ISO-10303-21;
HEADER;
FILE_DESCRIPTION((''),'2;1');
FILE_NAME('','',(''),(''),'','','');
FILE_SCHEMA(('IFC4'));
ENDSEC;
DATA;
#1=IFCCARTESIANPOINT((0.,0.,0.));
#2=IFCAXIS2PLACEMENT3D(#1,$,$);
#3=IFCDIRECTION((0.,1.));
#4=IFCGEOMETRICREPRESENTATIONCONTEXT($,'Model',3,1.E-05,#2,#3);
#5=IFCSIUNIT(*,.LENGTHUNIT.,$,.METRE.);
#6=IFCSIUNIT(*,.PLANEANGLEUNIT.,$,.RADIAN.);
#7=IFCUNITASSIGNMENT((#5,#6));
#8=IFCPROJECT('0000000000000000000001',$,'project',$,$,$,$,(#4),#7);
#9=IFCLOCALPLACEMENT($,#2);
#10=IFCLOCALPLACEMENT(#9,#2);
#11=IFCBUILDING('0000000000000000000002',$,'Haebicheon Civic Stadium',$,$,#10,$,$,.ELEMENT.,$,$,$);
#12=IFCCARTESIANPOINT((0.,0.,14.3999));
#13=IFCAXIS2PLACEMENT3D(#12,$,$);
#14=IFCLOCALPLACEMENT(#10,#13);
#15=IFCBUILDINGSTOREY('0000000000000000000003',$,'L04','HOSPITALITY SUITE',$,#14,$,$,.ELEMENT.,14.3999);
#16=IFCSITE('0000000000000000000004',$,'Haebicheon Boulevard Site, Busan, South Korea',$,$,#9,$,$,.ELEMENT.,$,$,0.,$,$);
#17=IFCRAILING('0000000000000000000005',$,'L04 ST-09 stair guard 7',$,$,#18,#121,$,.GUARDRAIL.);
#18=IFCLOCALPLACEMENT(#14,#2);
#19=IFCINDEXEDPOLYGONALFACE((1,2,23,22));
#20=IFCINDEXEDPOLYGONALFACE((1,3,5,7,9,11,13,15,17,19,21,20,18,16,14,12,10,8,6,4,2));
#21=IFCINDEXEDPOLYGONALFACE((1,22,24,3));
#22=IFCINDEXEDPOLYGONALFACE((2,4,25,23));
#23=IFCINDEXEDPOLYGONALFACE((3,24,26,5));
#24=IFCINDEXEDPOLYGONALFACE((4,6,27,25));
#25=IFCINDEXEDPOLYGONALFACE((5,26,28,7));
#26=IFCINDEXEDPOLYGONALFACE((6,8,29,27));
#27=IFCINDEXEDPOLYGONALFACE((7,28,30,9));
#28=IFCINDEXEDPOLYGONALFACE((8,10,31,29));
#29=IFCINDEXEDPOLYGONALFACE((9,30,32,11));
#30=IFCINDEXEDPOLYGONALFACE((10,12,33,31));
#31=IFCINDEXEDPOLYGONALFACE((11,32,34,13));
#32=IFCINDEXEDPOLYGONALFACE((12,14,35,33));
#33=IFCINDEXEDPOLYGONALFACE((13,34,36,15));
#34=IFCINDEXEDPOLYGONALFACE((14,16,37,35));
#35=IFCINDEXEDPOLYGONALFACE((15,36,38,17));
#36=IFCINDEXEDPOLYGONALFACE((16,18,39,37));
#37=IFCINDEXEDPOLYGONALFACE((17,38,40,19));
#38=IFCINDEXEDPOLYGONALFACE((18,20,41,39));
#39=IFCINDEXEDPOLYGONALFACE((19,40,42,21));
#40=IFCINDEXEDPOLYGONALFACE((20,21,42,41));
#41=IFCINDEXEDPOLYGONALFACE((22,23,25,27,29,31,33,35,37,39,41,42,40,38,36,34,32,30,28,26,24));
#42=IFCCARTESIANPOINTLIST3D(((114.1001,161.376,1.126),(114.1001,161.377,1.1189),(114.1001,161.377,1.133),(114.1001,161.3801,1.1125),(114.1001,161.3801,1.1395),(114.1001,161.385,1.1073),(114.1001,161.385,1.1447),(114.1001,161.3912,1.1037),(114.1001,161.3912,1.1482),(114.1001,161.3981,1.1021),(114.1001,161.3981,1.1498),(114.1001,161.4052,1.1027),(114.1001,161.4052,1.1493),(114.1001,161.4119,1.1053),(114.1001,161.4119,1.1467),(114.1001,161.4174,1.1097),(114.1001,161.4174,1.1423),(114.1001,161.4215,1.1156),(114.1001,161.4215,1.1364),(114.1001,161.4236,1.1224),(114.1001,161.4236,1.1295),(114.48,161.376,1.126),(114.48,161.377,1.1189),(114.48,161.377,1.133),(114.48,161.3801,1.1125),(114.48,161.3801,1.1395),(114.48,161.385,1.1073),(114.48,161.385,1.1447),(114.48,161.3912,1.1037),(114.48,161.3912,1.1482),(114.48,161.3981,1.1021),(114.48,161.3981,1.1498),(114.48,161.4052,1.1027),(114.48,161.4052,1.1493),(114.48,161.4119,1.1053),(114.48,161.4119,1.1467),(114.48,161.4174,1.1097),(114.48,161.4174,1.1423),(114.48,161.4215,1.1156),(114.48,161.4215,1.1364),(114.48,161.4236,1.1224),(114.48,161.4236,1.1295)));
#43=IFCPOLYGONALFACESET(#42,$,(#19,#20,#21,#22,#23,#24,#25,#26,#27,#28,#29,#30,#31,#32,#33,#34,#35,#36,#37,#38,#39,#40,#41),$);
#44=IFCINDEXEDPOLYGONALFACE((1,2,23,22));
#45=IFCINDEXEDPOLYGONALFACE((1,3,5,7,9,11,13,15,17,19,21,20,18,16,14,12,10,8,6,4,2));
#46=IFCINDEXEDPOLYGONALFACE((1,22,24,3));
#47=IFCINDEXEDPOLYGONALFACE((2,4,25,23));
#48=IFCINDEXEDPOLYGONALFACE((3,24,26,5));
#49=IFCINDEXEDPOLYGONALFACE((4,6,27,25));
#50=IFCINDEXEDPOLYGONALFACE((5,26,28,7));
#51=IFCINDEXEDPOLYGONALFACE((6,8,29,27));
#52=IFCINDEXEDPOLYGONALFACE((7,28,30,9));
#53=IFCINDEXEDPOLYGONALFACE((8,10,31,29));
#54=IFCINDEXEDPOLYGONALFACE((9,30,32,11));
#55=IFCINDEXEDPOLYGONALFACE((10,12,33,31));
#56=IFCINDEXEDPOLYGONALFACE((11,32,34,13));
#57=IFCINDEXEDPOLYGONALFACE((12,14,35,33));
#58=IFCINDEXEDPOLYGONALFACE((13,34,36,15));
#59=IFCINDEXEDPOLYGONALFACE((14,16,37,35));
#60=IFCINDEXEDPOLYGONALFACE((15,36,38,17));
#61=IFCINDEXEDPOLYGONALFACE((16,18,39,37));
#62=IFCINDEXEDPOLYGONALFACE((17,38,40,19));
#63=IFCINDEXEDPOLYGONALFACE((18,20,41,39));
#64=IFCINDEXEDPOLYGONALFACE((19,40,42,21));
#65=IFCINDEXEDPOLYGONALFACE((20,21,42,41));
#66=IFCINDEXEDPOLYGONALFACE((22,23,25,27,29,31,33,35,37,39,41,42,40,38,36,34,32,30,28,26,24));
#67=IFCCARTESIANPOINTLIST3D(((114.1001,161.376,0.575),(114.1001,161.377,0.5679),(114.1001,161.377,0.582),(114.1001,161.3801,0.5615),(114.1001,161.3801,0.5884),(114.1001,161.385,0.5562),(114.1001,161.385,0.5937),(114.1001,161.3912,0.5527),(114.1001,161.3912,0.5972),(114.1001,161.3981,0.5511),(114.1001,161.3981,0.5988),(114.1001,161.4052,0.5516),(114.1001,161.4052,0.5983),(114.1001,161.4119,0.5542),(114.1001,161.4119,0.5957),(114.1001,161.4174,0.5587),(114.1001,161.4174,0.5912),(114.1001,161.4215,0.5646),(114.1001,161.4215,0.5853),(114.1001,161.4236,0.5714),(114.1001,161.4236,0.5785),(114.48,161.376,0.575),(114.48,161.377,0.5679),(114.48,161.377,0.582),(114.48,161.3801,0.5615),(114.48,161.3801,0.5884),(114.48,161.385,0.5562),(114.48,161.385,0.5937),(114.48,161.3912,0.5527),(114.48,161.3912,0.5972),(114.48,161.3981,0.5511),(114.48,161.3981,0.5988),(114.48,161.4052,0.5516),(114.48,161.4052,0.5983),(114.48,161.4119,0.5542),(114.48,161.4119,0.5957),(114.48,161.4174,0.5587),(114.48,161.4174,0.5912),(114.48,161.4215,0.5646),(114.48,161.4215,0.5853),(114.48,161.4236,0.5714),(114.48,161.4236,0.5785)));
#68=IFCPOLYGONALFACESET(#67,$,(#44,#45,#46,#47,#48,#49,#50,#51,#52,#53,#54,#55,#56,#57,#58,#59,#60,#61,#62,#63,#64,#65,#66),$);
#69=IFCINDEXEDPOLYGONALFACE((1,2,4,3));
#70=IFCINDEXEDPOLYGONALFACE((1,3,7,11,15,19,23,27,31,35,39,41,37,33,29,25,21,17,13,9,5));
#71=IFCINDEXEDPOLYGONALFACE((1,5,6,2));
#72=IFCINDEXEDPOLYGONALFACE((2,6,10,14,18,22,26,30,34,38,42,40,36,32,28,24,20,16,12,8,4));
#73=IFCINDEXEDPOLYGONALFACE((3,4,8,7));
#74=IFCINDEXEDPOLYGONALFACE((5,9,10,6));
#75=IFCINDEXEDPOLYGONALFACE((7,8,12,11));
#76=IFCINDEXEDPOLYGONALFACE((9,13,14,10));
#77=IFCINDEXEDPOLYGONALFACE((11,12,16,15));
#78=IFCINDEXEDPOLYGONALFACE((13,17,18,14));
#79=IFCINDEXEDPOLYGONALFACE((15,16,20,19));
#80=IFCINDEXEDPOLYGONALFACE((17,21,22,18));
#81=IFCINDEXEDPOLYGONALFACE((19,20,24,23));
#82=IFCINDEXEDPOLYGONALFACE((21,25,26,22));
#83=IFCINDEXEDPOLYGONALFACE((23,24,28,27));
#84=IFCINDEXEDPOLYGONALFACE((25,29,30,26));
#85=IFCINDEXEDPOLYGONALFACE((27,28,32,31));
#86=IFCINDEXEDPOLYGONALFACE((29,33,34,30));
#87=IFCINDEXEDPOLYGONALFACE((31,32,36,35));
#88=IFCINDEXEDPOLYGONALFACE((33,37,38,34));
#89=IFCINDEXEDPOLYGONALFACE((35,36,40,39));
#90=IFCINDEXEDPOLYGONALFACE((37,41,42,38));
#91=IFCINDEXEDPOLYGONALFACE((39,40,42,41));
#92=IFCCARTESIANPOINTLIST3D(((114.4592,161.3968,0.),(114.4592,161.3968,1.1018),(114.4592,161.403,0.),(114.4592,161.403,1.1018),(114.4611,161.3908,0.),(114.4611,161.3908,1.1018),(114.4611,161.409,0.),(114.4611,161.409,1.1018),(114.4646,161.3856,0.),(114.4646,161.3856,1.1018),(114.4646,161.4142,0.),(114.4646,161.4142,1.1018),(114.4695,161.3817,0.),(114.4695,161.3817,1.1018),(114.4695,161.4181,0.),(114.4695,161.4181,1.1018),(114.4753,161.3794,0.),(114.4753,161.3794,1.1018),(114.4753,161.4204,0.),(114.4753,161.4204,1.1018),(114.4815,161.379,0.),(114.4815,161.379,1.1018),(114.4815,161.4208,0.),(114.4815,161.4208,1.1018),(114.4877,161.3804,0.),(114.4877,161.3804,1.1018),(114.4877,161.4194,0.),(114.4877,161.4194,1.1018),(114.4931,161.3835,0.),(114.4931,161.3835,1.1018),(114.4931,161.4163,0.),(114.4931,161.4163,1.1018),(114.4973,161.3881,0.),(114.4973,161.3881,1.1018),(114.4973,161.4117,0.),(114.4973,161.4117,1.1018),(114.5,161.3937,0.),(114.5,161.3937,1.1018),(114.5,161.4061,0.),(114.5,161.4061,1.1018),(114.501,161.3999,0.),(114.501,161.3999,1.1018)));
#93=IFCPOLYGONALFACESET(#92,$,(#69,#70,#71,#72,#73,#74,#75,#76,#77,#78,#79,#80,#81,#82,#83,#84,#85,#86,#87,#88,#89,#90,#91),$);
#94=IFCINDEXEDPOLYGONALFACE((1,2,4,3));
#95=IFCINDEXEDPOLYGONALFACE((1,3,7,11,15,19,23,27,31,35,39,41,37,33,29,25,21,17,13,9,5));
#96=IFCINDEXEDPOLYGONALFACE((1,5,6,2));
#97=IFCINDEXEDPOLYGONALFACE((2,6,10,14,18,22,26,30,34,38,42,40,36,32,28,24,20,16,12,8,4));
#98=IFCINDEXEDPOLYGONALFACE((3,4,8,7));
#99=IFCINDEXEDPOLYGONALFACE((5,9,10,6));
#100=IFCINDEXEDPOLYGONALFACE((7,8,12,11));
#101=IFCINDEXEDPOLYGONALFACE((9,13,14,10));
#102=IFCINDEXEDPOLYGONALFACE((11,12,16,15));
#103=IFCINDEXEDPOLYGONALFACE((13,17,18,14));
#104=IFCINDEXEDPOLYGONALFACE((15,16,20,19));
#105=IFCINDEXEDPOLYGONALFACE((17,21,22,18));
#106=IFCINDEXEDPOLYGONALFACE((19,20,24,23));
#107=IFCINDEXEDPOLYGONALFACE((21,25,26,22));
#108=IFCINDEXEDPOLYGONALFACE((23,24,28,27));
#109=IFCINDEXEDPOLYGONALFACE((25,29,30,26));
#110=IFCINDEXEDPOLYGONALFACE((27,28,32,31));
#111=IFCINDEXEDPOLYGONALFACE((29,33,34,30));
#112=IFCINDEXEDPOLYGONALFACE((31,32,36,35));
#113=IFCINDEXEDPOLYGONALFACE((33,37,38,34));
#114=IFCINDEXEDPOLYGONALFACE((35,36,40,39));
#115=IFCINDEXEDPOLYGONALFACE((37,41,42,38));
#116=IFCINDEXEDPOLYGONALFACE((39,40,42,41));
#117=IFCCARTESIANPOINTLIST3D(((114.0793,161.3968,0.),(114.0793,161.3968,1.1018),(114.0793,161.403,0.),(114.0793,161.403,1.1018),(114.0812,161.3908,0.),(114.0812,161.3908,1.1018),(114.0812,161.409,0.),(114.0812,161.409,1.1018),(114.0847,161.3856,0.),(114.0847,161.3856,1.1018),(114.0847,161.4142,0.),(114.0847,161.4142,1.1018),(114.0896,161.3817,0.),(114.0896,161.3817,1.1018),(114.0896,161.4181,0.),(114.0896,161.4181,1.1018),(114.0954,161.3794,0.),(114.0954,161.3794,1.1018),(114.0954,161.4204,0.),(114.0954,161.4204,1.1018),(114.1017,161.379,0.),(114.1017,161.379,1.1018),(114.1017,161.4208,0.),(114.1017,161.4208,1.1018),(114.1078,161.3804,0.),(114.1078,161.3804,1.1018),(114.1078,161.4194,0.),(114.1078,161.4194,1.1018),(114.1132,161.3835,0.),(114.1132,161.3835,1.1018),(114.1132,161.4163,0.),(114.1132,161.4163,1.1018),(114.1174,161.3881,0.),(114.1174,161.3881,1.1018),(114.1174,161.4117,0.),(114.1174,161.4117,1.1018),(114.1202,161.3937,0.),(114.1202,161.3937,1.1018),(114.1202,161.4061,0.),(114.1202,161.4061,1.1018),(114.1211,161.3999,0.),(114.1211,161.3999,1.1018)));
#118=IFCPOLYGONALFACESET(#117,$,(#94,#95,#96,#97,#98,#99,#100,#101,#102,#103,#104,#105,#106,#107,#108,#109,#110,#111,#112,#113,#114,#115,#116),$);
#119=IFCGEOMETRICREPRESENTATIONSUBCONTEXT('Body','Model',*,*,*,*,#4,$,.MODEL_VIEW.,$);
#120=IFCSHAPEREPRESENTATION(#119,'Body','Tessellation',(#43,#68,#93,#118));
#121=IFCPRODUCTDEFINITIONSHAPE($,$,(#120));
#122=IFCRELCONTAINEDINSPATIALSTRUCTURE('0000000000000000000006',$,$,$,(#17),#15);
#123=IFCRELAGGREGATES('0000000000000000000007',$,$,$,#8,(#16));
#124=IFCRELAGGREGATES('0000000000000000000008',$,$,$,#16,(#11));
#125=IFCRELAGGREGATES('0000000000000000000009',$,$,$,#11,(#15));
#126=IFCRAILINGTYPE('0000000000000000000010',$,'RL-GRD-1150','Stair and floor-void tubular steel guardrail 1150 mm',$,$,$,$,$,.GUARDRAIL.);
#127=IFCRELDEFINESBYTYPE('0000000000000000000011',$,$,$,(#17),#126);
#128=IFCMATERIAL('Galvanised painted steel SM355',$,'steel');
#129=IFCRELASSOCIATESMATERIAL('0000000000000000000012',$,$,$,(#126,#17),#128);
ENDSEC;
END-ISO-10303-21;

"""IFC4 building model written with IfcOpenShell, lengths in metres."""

from ifc_helpers import new_model, si_unit, direction, frame, origin, origin_2d, place, context, subcontext, project, spatial, circle, extrude, material, type_object, element, save


model = new_model("IFC4")

# Units and contexts
model_context = context("Model", 3, precision=1e-05, world=origin(), true_north=direction((0.0, 1.0)))
body_context = subcontext(model_context, "Body", "Model", "MODEL_VIEW")
ifc_project = project(units=[si_unit("LENGTHUNIT", "METRE"), si_unit("PLANEANGLEUNIT", "RADIAN")], contexts=[model_context])

# Site, building, storey
site_placement = place(None, origin())
site = spatial("IfcSite", under=ifc_project, at=site_placement, Name="Haebicheon Boulevard Site, Busan, South Korea", CompositionType="ELEMENT", RefElevation=0.0)
building_placement = place(site_placement, origin())
building = spatial("IfcBuilding", under=site, at=building_placement, Name="Haebicheon Civic Stadium", CompositionType="ELEMENT")
storey_placement = place(building_placement, frame((0.0, 0.0, 14.3999)))
storey = spatial("IfcBuildingStorey", under=building, at=storey_placement, Name="L04", Description="HOSPITALITY SUITE", CompositionType="ELEMENT", Elevation=14.3999)

# Railing
ifc_material_1 = material(Name="Galvanised painted steel SM355", Category="steel")
railing_type_1 = type_object("IfcRailingType", Name="RL-GRD-1150", Description="Stair and floor-void tubular steel guardrail 1150 mm", PredefinedType="GUARDRAIL", material=ifc_material_1)
railing_1_placement = place(storey_placement, frame((114.48, 161.3999, 0.0)))
element("IfcRailing", 1, at=railing_1_placement, inside=storey, type_object=railing_type_1, material=ifc_material_1, Name="L04 ST-09 stair guard 7", PredefinedType="GUARDRAIL", context=body_context, shape_type="SweptSolid", body=[
    extrude(circle(Radius=0.0239, at=origin_2d()), frame((0.0, 0.0, 1.126), z_axis=(-1.0, 0.0, 0.0), x_axis=(0.0, -1.0, 0.0)), (0.0, 0.0, 1.0), 0.3799),
    extrude(circle(Radius=0.0239, at=origin_2d()), frame((0.0, 0.0, 0.575), z_axis=(-1.0, 0.0, 0.0), x_axis=(0.0, -1.0, 0.0)), (0.0, 0.0, 1.0), 0.3799),
    extrude(circle(Radius=0.021, at=origin_2d()), origin(), (0.0, 0.0, 1.0), 1.1018),
    extrude(circle(Radius=0.021, at=origin_2d()), frame((-0.3799, 0.0, 0.0)), (0.0, 0.0, 1.0), 1.1018),
])

save(model, "model.ifc")
